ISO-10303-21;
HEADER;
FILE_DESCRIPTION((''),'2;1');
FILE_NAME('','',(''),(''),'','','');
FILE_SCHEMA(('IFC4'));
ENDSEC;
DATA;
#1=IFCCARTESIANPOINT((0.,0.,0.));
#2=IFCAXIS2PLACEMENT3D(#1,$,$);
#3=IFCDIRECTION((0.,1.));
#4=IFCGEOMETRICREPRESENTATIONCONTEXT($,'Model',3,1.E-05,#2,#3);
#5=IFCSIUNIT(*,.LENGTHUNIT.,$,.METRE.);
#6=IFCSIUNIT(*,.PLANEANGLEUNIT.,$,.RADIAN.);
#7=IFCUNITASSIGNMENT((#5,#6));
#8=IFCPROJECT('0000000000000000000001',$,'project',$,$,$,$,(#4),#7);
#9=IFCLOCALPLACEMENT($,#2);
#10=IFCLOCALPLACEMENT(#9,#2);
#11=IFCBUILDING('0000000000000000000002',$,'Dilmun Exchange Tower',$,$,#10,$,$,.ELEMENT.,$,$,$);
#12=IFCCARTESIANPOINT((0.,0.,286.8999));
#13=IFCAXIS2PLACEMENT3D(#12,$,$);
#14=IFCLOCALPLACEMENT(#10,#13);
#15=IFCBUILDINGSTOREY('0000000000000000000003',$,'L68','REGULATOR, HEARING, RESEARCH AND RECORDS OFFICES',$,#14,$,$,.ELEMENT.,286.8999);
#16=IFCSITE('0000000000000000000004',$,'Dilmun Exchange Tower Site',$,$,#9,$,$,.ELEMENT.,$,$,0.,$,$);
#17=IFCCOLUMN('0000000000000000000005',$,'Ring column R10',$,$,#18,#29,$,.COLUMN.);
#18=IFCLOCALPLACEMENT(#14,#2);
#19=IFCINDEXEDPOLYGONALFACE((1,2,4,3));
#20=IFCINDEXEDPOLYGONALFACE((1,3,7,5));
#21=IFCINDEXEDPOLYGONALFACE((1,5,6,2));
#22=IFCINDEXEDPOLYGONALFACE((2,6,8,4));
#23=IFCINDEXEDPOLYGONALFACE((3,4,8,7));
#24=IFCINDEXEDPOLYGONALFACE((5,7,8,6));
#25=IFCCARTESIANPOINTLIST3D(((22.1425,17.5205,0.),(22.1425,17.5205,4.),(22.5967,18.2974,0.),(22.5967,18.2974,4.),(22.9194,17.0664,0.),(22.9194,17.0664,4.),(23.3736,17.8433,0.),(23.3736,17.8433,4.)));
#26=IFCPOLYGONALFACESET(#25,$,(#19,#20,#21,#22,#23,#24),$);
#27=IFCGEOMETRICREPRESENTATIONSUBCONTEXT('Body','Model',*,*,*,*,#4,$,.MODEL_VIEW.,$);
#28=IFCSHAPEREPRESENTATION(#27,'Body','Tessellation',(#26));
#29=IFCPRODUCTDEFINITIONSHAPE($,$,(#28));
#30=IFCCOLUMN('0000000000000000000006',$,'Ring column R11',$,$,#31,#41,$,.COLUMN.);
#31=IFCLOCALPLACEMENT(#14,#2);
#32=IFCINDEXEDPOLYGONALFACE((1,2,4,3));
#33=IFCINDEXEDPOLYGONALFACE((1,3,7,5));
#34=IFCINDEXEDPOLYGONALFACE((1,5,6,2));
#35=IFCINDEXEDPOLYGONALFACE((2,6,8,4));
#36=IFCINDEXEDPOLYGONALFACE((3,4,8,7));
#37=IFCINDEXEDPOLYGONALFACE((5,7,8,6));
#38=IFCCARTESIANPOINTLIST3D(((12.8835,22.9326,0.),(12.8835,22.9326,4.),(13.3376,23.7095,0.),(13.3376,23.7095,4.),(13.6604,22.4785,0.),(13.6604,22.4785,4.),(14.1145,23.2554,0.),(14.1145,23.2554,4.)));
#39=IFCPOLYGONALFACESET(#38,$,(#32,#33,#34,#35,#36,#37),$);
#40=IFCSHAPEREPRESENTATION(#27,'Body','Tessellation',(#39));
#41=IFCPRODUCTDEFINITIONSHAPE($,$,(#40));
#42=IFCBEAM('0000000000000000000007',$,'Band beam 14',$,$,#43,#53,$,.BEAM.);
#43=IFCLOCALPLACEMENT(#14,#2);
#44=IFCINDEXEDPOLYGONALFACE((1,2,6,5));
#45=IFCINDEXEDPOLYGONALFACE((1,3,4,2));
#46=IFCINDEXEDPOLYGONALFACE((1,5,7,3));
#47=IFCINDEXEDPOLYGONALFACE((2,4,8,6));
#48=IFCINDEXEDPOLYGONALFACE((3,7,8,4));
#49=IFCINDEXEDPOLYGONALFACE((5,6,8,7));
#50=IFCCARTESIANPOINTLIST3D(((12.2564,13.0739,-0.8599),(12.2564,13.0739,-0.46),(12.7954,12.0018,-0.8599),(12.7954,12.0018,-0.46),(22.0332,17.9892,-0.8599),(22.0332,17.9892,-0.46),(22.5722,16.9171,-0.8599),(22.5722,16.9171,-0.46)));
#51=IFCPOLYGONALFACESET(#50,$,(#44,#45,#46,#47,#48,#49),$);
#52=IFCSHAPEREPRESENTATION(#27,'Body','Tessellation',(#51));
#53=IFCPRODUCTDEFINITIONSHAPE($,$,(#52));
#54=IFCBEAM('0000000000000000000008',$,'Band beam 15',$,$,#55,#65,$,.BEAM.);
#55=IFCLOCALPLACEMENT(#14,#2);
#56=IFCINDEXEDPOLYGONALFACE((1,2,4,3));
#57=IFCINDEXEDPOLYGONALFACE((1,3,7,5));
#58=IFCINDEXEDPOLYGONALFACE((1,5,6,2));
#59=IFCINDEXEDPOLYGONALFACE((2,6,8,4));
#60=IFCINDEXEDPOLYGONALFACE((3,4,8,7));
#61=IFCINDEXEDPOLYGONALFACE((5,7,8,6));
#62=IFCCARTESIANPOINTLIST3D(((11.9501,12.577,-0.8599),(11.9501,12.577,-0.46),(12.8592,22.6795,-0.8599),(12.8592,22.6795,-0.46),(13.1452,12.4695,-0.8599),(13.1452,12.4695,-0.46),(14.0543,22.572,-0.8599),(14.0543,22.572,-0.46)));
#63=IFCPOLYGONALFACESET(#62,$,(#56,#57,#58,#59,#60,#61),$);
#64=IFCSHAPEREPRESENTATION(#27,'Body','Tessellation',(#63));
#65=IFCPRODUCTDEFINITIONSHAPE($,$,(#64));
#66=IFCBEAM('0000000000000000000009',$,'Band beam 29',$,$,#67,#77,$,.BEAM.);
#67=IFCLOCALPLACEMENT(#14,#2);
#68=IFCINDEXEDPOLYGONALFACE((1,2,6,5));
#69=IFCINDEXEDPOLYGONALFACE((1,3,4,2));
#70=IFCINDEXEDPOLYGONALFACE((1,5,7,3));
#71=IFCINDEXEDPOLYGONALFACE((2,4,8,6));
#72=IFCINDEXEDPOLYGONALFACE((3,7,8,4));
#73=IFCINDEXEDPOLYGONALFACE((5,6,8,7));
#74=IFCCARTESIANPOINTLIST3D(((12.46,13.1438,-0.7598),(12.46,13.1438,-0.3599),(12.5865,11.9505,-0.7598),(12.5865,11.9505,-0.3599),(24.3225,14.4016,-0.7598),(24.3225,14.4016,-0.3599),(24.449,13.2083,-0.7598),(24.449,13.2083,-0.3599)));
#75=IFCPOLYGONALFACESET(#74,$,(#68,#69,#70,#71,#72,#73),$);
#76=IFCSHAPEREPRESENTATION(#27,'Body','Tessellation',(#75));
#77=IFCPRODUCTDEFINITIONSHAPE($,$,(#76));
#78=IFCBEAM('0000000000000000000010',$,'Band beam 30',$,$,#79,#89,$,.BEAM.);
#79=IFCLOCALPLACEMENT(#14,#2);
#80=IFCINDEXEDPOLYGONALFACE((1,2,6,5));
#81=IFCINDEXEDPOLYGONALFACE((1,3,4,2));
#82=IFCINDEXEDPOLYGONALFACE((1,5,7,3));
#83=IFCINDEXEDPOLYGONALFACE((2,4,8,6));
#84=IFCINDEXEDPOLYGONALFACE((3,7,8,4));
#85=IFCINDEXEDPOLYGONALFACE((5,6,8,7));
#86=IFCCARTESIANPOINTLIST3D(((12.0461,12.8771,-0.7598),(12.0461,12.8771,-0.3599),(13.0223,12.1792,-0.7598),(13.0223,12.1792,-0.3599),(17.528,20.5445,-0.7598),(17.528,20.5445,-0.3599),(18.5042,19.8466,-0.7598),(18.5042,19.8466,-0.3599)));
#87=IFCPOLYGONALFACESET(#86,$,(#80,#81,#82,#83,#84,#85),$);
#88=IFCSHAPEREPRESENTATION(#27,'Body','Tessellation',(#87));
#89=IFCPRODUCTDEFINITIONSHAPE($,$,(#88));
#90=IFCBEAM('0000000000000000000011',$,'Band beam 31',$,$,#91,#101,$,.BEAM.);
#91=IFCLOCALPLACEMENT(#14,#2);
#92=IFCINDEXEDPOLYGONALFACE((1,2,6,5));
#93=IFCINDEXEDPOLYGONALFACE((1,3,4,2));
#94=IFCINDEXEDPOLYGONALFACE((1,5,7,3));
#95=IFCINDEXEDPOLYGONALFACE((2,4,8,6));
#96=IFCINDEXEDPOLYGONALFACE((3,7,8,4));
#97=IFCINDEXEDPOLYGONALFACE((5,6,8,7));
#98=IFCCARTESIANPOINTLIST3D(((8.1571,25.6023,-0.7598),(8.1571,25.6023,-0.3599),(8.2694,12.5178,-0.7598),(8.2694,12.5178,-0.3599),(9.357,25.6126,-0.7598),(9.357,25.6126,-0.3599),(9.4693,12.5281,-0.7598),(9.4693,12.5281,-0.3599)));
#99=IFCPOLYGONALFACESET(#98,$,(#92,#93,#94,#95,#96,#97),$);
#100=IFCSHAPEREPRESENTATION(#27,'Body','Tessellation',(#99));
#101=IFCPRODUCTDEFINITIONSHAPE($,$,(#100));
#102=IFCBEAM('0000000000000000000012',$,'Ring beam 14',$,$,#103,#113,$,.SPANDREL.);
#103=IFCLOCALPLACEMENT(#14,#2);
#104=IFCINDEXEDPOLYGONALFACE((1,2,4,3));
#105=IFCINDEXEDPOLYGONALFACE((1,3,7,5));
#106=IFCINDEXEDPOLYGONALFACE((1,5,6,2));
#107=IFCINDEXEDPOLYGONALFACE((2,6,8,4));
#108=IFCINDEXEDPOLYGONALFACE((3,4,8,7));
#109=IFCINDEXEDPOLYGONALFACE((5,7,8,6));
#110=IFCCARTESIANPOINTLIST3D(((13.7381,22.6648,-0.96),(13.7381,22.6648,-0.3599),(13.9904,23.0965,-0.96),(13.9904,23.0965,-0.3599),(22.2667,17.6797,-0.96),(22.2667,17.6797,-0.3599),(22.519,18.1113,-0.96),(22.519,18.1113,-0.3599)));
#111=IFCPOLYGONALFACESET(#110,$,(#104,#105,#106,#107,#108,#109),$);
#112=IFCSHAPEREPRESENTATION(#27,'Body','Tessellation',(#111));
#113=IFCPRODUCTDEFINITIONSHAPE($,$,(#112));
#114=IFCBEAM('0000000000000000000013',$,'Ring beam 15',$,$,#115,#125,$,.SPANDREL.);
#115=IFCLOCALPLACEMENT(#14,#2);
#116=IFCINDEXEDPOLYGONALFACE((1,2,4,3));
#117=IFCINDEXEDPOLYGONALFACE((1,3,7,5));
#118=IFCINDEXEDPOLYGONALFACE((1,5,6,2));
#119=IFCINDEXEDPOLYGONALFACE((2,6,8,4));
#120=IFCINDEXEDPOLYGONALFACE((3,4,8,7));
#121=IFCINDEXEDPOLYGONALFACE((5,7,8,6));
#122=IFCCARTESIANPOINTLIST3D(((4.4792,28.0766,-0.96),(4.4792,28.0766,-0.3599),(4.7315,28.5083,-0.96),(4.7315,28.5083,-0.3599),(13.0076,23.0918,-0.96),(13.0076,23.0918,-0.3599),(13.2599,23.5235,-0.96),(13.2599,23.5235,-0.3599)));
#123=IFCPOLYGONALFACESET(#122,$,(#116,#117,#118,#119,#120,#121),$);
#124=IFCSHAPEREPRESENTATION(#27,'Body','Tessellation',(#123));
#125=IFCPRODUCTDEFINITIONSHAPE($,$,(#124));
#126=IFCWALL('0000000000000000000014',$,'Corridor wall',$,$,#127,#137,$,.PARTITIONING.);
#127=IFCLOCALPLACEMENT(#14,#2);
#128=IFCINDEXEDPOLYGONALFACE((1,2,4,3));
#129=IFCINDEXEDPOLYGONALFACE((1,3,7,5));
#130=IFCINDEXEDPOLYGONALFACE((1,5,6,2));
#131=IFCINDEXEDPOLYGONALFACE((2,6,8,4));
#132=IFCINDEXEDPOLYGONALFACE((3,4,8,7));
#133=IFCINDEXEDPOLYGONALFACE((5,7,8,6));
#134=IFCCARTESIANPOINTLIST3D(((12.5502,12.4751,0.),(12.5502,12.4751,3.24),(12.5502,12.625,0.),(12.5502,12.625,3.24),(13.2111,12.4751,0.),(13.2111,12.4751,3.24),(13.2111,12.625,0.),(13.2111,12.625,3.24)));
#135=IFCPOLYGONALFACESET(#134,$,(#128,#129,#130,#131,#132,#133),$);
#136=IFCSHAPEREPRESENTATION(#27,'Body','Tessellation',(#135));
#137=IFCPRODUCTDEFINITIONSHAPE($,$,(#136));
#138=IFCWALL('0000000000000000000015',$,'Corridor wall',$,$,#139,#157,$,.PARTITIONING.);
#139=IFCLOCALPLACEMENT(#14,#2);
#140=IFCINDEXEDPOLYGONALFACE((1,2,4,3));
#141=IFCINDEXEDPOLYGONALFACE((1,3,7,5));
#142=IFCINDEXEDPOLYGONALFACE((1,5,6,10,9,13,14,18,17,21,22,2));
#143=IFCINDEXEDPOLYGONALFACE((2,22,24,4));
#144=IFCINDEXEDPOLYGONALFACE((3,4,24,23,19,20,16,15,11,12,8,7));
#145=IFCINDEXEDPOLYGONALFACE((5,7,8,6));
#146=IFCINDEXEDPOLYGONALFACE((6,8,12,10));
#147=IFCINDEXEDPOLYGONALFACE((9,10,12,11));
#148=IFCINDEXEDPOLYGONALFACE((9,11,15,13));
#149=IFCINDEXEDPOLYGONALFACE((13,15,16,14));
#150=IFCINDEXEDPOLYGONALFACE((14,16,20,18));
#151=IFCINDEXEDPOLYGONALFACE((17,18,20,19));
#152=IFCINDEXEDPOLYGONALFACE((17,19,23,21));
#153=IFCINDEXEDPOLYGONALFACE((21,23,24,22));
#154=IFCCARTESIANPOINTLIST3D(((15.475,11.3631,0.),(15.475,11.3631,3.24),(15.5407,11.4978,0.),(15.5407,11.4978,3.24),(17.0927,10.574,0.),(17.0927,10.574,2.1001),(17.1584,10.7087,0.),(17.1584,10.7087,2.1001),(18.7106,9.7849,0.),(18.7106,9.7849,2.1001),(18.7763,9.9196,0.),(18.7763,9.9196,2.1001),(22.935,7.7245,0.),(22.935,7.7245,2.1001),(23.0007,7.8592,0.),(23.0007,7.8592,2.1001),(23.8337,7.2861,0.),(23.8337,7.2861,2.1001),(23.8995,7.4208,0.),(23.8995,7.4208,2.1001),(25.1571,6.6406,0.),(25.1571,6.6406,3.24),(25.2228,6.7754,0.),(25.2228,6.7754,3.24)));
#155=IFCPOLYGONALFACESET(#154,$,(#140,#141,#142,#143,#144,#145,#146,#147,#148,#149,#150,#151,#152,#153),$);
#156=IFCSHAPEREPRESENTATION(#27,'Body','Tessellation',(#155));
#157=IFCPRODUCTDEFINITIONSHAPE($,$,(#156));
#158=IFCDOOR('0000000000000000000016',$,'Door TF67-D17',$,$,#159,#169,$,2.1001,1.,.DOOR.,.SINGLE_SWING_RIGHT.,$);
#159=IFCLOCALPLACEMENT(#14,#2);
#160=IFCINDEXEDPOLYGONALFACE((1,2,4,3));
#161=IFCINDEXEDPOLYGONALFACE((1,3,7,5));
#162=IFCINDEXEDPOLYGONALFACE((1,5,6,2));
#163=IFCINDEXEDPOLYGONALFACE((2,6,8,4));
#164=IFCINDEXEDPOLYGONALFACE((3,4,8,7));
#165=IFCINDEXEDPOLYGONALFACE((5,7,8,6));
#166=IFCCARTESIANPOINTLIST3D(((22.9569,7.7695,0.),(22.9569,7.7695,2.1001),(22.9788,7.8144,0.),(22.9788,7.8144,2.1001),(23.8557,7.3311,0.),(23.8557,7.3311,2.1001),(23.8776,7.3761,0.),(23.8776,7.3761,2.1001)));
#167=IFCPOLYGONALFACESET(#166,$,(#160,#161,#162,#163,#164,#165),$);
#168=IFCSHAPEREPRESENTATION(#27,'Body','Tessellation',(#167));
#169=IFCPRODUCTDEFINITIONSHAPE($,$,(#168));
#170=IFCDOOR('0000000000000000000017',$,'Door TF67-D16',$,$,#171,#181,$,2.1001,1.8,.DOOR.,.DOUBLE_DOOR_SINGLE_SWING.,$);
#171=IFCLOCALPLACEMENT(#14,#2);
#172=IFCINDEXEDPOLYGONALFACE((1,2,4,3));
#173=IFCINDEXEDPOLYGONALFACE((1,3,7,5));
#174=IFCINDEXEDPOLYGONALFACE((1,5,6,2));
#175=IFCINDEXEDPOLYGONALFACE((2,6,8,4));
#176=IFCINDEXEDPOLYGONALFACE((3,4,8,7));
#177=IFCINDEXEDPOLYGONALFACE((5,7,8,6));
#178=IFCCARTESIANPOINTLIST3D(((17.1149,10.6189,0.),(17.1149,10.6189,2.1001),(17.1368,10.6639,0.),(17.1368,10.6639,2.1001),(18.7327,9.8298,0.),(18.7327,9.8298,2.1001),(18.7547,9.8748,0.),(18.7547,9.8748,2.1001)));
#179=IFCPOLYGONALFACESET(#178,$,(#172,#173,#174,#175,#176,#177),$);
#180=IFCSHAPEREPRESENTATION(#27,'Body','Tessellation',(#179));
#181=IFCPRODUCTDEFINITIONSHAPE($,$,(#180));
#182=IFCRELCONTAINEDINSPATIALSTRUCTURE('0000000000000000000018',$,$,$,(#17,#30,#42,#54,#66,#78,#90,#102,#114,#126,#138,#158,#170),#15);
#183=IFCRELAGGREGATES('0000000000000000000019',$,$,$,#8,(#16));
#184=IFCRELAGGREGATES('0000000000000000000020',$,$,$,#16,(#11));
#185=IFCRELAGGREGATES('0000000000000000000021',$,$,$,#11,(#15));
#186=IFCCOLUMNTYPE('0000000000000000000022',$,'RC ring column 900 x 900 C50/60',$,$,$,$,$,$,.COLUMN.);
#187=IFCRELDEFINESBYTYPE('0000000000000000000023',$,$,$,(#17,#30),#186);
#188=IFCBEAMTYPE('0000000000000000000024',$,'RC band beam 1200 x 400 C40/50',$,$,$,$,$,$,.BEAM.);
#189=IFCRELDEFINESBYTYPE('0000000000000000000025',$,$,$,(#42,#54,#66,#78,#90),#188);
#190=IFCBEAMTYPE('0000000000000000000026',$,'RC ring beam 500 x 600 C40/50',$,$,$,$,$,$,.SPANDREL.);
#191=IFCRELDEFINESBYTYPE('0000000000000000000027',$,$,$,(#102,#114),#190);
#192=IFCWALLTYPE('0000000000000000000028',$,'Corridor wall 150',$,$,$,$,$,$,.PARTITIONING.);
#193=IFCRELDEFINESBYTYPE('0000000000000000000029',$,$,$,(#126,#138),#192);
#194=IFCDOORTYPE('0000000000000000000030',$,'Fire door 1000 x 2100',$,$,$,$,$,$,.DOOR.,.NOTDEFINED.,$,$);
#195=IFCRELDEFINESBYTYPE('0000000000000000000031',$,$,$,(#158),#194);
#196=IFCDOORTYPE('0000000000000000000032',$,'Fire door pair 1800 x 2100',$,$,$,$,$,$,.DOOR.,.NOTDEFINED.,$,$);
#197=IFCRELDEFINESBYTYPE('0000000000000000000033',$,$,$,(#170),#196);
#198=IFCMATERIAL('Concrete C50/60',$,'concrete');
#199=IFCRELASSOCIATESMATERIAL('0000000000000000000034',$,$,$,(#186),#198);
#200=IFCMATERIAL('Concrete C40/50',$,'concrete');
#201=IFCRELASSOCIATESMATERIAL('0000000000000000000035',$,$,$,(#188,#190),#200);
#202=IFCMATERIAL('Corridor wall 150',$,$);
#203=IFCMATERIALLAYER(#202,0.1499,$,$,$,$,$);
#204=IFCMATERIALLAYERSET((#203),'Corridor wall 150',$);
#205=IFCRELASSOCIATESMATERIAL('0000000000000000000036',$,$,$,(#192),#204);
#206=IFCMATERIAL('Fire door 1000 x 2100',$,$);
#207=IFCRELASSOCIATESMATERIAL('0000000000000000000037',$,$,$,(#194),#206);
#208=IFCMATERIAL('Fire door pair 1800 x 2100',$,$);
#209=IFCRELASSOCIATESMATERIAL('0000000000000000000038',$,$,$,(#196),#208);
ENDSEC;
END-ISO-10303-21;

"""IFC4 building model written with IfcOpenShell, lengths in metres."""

from ifc_helpers import new_model, si_unit, direction, frame, frame_2d, origin, origin_2d, place, context, subcontext, project, spatial, rectangle, extrude, material, layer, layer_set, material_profile, profile_set, type_object, element, fill, save


model = new_model("IFC4")

# Units and contexts
model_context = context("Model", 3, precision=1e-05, world=origin(), true_north=direction((0.0, 1.0)))
body_context = subcontext(model_context, "Body", "Model", "MODEL_VIEW")
ifc_project = project(units=[si_unit("LENGTHUNIT", "METRE"), si_unit("PLANEANGLEUNIT", "RADIAN")], contexts=[model_context])

# Site, building, storey
site_placement = place(None, origin())
site = spatial("IfcSite", under=ifc_project, at=site_placement, Name="Dilmun Exchange Tower Site", CompositionType="ELEMENT", RefElevation=0.0)
building_placement = place(site_placement, origin())
building = spatial("IfcBuilding", under=site, at=building_placement, Name="Dilmun Exchange Tower", CompositionType="ELEMENT")
storey_placement = place(building_placement, frame((0.0, 0.0, 286.8999)))
storey = spatial("IfcBuildingStorey", under=building, at=storey_placement, Name="L68", Description="REGULATOR, HEARING, RESEARCH AND RECORDS OFFICES", CompositionType="ELEMENT", Elevation=286.8999)

# Columns
ifc_material_1 = material(Name="Concrete C50/60", Category="concrete")
ifc_material_profile_1 = material_profile(ifc_material_1, rectangle(XDim=0.8999, YDim=0.8999, at=origin_2d()), Name="900 x 900")
ifc_profile_set_1 = profile_set([ifc_material_profile_1], Name="Concrete C50/60")
column_type = type_object("IfcColumnType", Name="RC ring column 900 x 900 C50/60", PredefinedType="COLUMN", material=ifc_profile_set_1)
for number, where, z_axis, x_axis, name in (
    (1, (22.7581, 17.6819, 0.0), (0.0, 0.0, 1.0), (0.504644, 0.863328, 0.0), "Ring column R10"),
    (2, (13.499, 23.094, 0.0), (0.0, 0.0, 1.0), (0.504644, 0.863328, 0.0), "Ring column R11"),
):
    element("IfcColumn", number, at=place(storey_placement, frame(where, z_axis=z_axis, x_axis=x_axis)), inside=storey, type_object=column_type, Name=name, PredefinedType="COLUMN", context=body_context, shape_type="SweptSolid", body=[
        extrude(rectangle(XDim=0.8999, YDim=0.8999, at=origin_2d()), origin(), (0.0, 0.0, 1.0), 4.0),
    ])

# Beams
ifc_material_2 = material(Name="Concrete C40/50", Category="concrete")
ifc_material_profile_2 = material_profile(ifc_material_2, rectangle(XDim=1.2, YDim=0.3999, at=origin_2d()), Name="1200 x 400")
ifc_profile_set_2 = profile_set([ifc_material_profile_2], Name="Concrete C40/50")
beam_type_1 = type_object("IfcBeamType", Name="RC band beam 1200 x 400 C40/50", PredefinedType="BEAM", material=ifc_profile_set_2)
beam_1_placement = place(storey_placement, frame((22.3027, 17.4531, -0.6599), z_axis=(-0.893443, -0.449176, 0.0), x_axis=(0.449176, -0.893443, 0.0)))
element("IfcBeam", 3, at=beam_1_placement, inside=storey, type_object=beam_type_1, Name="Band beam 14", PredefinedType="BEAM", context=body_context, shape_type="SweptSolid", body=[
    extrude(rectangle(XDim=1.2, YDim=0.3999, at=origin_2d()), origin(), (0.0, 0.0, 1.0), 10.9429),
])
beam_2_placement = place(storey_placement, frame((13.4568, 22.6257, -0.6599), z_axis=(-0.089633, -0.995975, 0.0), x_axis=(0.995975, -0.089633, 0.0)))
element("IfcBeam", 4, at=beam_2_placement, inside=storey, type_object=beam_type_1, Name="Band beam 15", PredefinedType="BEAM", context=body_context, shape_type="SweptSolid", body=[
    extrude(rectangle(XDim=1.2, YDim=0.3999, at=origin_2d()), origin(), (0.0, 0.0, 1.0), 10.1433),
])
beam_3_placement = place(storey_placement, frame((24.3857, 13.8049, -0.5598), z_axis=(-0.994426, -0.105441, 0.0), x_axis=(0.105441, -0.994426, 0.0)))
element("IfcBeam", 5, at=beam_3_placement, inside=storey, type_object=beam_type_1, Name="Band beam 29", PredefinedType="BEAM", context=body_context, shape_type="SweptSolid", body=[
    extrude(rectangle(XDim=1.2, YDim=0.3999, at=origin_2d()), origin(), (0.0, 0.0, 1.0), 11.929),
])
beam_4_placement = place(storey_placement, frame((18.0161, 20.1956, -0.5598), z_axis=(-0.581601, -0.813474, 0.0), x_axis=(0.813474, -0.581601, 0.0)))
element("IfcBeam", 6, at=beam_4_placement, inside=storey, type_object=beam_type_1, Name="Band beam 30", PredefinedType="BEAM", context=body_context, shape_type="SweptSolid", body=[
    extrude(rectangle(XDim=1.2, YDim=0.3999, at=origin_2d()), origin(), (0.0, 0.0, 1.0), 9.4255),
])
beam_5_placement = place(storey_placement, frame((8.7571, 25.6074, -0.5598), z_axis=(0.008583, -0.999963, 0.0), x_axis=(0.999963, 0.008583, 0.0)))
element("IfcBeam", 7, at=beam_5_placement, inside=storey, type_object=beam_type_1, Name="Band beam 31", PredefinedType="BEAM", context=body_context, shape_type="SweptSolid", body=[
    extrude(rectangle(XDim=1.2, YDim=0.3999, at=origin_2d()), origin(), (0.0, 0.0, 1.0), 13.085),
])
ifc_material_profile_3 = material_profile(ifc_material_2, rectangle(XDim=0.5, YDim=0.6001, at=origin_2d()), Name="500 x 600")
ifc_profile_set_3 = profile_set([ifc_material_profile_3], Name="Concrete C40/50")
beam_type_2 = type_object("IfcBeamType", Name="RC ring beam 500 x 600 C40/50", PredefinedType="SPANDREL", material=ifc_profile_set_3)
beam_6_placement = place(storey_placement, frame((22.3928, 17.8955, -0.6599), z_axis=(-0.863333, 0.504635, 0.0), x_axis=(-0.504635, -0.863333, 0.0)))
element("IfcBeam", 8, at=beam_6_placement, inside=storey, type_object=beam_type_2, Name="Ring beam 14", PredefinedType="SPANDREL", context=body_context, shape_type="SweptSolid", body=[
    extrude(rectangle(XDim=0.5, YDim=0.6001, at=origin_2d()), origin(), (0.0, 0.0, 1.0), 9.8787),
])
beam_7_placement = place(storey_placement, frame((13.1338, 23.3076, -0.6599), z_axis=(-0.863344, 0.504616, 0.0), x_axis=(-0.504616, -0.863344, 0.0)))
element("IfcBeam", 9, at=beam_7_placement, inside=storey, type_object=beam_type_2, Name="Ring beam 15", PredefinedType="SPANDREL", context=body_context, shape_type="SweptSolid", body=[
    extrude(rectangle(XDim=0.5, YDim=0.6001, at=origin_2d()), origin(), (0.0, 0.0, 1.0), 9.8784),
])

# Wall
ifc_material_3 = material(Name="Corridor wall 150")
ifc_layer_1 = layer(ifc_material_3, 0.1499)
ifc_layer_set_1 = layer_set([ifc_layer_1], Name="Corridor wall 150")
wall_type_1 = type_object("IfcWallType", Name="Corridor wall 150", PredefinedType="PARTITIONING", material=ifc_layer_set_1)
wall_1_placement = place(storey_placement, frame((12.55, 12.55, 0.0), z_axis=(0.0, 0.0, 1.0), x_axis=(1.0, 0.0, 0.0)))
element("IfcWall", 10, at=wall_1_placement, inside=storey, type_object=wall_type_1, Name="Corridor wall", PredefinedType="PARTITIONING", context=body_context, shape_type="SweptSolid", body=[
    extrude(rectangle(XDim=0.6609, YDim=0.1499, at=frame_2d((0.3306, 0.0))), origin(), (0.0, 0.0, 1.0), 3.24),
])

# Wall, openings, doors
wall_2_placement = place(storey_placement, frame((15.5078, 11.4304, 0.0), z_axis=(0.0, 0.0, 1.0), x_axis=(0.89879, -0.43838, 0.0)))
wall_2 = element("IfcWall", 11, at=wall_2_placement, inside=storey, type_object=wall_type_1, Name="Corridor wall", PredefinedType="PARTITIONING", context=body_context, shape_type="SweptSolid", body=[
    extrude(rectangle(XDim=10.7725, YDim=0.1499, at=frame_2d((5.3862, 0.0))), origin(), (0.0, 0.0, 1.0), 3.24),
])
opening_1_placement = place(wall_2_placement, frame((1.8, 0.0, 0.0)))
opening_1 = element("IfcOpeningElement", 12, at=opening_1_placement, cuts=wall_2, PredefinedType="OPENING", context=body_context, shape_type="SweptSolid", body=[
    extrude(rectangle(XDim=1.8, YDim=2.1001, at=frame_2d((0.8999, 1.05))), frame((0.0, 0.085, 0.0), z_axis=(0.0, -1.0, 0.0), x_axis=(1.0, 0.0, 0.0)), (0.0, 0.0, 1.0), 0.1699),
])
opening_2_placement = place(wall_2_placement, frame((8.3, 0.0, 0.0)))
opening_2 = element("IfcOpeningElement", 13, at=opening_2_placement, cuts=wall_2, PredefinedType="OPENING", context=body_context, shape_type="SweptSolid", body=[
    extrude(rectangle(XDim=1.0, YDim=2.1001, at=frame_2d((0.5, 1.05))), frame((0.0, 0.085, 0.0), z_axis=(0.0, -1.0, 0.0), x_axis=(1.0, 0.0, 0.0)), (0.0, 0.0, 1.0), 0.1699),
])
ifc_material_4 = material(Name="Fire door 1000 x 2100")
door_type_1 = type_object("IfcDoorType", Name="Fire door 1000 x 2100", OperationType="NOTDEFINED", PredefinedType="DOOR", material=ifc_material_4)
door_1_placement = place(opening_2_placement, frame((1.0, 0.0, 0.0), z_axis=(0.0, 0.0, 1.0), x_axis=(-1.0, 0.0, 0.0)))
door_1 = element("IfcDoor", 14, at=door_1_placement, inside=storey, type_object=door_type_1, Name="Door TF67-D17", OperationType="SINGLE_SWING_RIGHT", OverallHeight=2.1001, OverallWidth=1.0, PredefinedType="DOOR", context=body_context, shape_type="SweptSolid", body=[
    extrude(rectangle(XDim=1.0, YDim=2.1001, at=frame_2d((0.5, 1.05))), frame((0.0, 0.0249, 0.0), z_axis=(0.0, -1.0, 0.0), x_axis=(1.0, 0.0, 0.0)), (0.0, 0.0, 1.0), 0.05),
])
fill(opening_2, door_1)
ifc_material_5 = material(Name="Fire door pair 1800 x 2100")
door_type_2 = type_object("IfcDoorType", Name="Fire door pair 1800 x 2100", OperationType="NOTDEFINED", PredefinedType="DOOR", material=ifc_material_5)
door_2_placement = place(opening_1_placement, frame((1.8, 0.0, 0.0), z_axis=(0.0, 0.0, 1.0), x_axis=(-1.0, 0.0, 0.0)))
door_2 = element("IfcDoor", 15, at=door_2_placement, inside=storey, type_object=door_type_2, Name="Door TF67-D16", OperationType="DOUBLE_DOOR_SINGLE_SWING", OverallHeight=2.1001, OverallWidth=1.8, PredefinedType="DOOR", context=body_context, shape_type="SweptSolid", body=[
    extrude(rectangle(XDim=1.8, YDim=2.1001, at=frame_2d((0.8999, 1.05))), frame((0.0, 0.0249, 0.0), z_axis=(0.0, -1.0, 0.0), x_axis=(1.0, 0.0, 0.0)), (0.0, 0.0, 1.0), 0.05),
])
fill(opening_1, door_2)

save(model, "model.ifc")
